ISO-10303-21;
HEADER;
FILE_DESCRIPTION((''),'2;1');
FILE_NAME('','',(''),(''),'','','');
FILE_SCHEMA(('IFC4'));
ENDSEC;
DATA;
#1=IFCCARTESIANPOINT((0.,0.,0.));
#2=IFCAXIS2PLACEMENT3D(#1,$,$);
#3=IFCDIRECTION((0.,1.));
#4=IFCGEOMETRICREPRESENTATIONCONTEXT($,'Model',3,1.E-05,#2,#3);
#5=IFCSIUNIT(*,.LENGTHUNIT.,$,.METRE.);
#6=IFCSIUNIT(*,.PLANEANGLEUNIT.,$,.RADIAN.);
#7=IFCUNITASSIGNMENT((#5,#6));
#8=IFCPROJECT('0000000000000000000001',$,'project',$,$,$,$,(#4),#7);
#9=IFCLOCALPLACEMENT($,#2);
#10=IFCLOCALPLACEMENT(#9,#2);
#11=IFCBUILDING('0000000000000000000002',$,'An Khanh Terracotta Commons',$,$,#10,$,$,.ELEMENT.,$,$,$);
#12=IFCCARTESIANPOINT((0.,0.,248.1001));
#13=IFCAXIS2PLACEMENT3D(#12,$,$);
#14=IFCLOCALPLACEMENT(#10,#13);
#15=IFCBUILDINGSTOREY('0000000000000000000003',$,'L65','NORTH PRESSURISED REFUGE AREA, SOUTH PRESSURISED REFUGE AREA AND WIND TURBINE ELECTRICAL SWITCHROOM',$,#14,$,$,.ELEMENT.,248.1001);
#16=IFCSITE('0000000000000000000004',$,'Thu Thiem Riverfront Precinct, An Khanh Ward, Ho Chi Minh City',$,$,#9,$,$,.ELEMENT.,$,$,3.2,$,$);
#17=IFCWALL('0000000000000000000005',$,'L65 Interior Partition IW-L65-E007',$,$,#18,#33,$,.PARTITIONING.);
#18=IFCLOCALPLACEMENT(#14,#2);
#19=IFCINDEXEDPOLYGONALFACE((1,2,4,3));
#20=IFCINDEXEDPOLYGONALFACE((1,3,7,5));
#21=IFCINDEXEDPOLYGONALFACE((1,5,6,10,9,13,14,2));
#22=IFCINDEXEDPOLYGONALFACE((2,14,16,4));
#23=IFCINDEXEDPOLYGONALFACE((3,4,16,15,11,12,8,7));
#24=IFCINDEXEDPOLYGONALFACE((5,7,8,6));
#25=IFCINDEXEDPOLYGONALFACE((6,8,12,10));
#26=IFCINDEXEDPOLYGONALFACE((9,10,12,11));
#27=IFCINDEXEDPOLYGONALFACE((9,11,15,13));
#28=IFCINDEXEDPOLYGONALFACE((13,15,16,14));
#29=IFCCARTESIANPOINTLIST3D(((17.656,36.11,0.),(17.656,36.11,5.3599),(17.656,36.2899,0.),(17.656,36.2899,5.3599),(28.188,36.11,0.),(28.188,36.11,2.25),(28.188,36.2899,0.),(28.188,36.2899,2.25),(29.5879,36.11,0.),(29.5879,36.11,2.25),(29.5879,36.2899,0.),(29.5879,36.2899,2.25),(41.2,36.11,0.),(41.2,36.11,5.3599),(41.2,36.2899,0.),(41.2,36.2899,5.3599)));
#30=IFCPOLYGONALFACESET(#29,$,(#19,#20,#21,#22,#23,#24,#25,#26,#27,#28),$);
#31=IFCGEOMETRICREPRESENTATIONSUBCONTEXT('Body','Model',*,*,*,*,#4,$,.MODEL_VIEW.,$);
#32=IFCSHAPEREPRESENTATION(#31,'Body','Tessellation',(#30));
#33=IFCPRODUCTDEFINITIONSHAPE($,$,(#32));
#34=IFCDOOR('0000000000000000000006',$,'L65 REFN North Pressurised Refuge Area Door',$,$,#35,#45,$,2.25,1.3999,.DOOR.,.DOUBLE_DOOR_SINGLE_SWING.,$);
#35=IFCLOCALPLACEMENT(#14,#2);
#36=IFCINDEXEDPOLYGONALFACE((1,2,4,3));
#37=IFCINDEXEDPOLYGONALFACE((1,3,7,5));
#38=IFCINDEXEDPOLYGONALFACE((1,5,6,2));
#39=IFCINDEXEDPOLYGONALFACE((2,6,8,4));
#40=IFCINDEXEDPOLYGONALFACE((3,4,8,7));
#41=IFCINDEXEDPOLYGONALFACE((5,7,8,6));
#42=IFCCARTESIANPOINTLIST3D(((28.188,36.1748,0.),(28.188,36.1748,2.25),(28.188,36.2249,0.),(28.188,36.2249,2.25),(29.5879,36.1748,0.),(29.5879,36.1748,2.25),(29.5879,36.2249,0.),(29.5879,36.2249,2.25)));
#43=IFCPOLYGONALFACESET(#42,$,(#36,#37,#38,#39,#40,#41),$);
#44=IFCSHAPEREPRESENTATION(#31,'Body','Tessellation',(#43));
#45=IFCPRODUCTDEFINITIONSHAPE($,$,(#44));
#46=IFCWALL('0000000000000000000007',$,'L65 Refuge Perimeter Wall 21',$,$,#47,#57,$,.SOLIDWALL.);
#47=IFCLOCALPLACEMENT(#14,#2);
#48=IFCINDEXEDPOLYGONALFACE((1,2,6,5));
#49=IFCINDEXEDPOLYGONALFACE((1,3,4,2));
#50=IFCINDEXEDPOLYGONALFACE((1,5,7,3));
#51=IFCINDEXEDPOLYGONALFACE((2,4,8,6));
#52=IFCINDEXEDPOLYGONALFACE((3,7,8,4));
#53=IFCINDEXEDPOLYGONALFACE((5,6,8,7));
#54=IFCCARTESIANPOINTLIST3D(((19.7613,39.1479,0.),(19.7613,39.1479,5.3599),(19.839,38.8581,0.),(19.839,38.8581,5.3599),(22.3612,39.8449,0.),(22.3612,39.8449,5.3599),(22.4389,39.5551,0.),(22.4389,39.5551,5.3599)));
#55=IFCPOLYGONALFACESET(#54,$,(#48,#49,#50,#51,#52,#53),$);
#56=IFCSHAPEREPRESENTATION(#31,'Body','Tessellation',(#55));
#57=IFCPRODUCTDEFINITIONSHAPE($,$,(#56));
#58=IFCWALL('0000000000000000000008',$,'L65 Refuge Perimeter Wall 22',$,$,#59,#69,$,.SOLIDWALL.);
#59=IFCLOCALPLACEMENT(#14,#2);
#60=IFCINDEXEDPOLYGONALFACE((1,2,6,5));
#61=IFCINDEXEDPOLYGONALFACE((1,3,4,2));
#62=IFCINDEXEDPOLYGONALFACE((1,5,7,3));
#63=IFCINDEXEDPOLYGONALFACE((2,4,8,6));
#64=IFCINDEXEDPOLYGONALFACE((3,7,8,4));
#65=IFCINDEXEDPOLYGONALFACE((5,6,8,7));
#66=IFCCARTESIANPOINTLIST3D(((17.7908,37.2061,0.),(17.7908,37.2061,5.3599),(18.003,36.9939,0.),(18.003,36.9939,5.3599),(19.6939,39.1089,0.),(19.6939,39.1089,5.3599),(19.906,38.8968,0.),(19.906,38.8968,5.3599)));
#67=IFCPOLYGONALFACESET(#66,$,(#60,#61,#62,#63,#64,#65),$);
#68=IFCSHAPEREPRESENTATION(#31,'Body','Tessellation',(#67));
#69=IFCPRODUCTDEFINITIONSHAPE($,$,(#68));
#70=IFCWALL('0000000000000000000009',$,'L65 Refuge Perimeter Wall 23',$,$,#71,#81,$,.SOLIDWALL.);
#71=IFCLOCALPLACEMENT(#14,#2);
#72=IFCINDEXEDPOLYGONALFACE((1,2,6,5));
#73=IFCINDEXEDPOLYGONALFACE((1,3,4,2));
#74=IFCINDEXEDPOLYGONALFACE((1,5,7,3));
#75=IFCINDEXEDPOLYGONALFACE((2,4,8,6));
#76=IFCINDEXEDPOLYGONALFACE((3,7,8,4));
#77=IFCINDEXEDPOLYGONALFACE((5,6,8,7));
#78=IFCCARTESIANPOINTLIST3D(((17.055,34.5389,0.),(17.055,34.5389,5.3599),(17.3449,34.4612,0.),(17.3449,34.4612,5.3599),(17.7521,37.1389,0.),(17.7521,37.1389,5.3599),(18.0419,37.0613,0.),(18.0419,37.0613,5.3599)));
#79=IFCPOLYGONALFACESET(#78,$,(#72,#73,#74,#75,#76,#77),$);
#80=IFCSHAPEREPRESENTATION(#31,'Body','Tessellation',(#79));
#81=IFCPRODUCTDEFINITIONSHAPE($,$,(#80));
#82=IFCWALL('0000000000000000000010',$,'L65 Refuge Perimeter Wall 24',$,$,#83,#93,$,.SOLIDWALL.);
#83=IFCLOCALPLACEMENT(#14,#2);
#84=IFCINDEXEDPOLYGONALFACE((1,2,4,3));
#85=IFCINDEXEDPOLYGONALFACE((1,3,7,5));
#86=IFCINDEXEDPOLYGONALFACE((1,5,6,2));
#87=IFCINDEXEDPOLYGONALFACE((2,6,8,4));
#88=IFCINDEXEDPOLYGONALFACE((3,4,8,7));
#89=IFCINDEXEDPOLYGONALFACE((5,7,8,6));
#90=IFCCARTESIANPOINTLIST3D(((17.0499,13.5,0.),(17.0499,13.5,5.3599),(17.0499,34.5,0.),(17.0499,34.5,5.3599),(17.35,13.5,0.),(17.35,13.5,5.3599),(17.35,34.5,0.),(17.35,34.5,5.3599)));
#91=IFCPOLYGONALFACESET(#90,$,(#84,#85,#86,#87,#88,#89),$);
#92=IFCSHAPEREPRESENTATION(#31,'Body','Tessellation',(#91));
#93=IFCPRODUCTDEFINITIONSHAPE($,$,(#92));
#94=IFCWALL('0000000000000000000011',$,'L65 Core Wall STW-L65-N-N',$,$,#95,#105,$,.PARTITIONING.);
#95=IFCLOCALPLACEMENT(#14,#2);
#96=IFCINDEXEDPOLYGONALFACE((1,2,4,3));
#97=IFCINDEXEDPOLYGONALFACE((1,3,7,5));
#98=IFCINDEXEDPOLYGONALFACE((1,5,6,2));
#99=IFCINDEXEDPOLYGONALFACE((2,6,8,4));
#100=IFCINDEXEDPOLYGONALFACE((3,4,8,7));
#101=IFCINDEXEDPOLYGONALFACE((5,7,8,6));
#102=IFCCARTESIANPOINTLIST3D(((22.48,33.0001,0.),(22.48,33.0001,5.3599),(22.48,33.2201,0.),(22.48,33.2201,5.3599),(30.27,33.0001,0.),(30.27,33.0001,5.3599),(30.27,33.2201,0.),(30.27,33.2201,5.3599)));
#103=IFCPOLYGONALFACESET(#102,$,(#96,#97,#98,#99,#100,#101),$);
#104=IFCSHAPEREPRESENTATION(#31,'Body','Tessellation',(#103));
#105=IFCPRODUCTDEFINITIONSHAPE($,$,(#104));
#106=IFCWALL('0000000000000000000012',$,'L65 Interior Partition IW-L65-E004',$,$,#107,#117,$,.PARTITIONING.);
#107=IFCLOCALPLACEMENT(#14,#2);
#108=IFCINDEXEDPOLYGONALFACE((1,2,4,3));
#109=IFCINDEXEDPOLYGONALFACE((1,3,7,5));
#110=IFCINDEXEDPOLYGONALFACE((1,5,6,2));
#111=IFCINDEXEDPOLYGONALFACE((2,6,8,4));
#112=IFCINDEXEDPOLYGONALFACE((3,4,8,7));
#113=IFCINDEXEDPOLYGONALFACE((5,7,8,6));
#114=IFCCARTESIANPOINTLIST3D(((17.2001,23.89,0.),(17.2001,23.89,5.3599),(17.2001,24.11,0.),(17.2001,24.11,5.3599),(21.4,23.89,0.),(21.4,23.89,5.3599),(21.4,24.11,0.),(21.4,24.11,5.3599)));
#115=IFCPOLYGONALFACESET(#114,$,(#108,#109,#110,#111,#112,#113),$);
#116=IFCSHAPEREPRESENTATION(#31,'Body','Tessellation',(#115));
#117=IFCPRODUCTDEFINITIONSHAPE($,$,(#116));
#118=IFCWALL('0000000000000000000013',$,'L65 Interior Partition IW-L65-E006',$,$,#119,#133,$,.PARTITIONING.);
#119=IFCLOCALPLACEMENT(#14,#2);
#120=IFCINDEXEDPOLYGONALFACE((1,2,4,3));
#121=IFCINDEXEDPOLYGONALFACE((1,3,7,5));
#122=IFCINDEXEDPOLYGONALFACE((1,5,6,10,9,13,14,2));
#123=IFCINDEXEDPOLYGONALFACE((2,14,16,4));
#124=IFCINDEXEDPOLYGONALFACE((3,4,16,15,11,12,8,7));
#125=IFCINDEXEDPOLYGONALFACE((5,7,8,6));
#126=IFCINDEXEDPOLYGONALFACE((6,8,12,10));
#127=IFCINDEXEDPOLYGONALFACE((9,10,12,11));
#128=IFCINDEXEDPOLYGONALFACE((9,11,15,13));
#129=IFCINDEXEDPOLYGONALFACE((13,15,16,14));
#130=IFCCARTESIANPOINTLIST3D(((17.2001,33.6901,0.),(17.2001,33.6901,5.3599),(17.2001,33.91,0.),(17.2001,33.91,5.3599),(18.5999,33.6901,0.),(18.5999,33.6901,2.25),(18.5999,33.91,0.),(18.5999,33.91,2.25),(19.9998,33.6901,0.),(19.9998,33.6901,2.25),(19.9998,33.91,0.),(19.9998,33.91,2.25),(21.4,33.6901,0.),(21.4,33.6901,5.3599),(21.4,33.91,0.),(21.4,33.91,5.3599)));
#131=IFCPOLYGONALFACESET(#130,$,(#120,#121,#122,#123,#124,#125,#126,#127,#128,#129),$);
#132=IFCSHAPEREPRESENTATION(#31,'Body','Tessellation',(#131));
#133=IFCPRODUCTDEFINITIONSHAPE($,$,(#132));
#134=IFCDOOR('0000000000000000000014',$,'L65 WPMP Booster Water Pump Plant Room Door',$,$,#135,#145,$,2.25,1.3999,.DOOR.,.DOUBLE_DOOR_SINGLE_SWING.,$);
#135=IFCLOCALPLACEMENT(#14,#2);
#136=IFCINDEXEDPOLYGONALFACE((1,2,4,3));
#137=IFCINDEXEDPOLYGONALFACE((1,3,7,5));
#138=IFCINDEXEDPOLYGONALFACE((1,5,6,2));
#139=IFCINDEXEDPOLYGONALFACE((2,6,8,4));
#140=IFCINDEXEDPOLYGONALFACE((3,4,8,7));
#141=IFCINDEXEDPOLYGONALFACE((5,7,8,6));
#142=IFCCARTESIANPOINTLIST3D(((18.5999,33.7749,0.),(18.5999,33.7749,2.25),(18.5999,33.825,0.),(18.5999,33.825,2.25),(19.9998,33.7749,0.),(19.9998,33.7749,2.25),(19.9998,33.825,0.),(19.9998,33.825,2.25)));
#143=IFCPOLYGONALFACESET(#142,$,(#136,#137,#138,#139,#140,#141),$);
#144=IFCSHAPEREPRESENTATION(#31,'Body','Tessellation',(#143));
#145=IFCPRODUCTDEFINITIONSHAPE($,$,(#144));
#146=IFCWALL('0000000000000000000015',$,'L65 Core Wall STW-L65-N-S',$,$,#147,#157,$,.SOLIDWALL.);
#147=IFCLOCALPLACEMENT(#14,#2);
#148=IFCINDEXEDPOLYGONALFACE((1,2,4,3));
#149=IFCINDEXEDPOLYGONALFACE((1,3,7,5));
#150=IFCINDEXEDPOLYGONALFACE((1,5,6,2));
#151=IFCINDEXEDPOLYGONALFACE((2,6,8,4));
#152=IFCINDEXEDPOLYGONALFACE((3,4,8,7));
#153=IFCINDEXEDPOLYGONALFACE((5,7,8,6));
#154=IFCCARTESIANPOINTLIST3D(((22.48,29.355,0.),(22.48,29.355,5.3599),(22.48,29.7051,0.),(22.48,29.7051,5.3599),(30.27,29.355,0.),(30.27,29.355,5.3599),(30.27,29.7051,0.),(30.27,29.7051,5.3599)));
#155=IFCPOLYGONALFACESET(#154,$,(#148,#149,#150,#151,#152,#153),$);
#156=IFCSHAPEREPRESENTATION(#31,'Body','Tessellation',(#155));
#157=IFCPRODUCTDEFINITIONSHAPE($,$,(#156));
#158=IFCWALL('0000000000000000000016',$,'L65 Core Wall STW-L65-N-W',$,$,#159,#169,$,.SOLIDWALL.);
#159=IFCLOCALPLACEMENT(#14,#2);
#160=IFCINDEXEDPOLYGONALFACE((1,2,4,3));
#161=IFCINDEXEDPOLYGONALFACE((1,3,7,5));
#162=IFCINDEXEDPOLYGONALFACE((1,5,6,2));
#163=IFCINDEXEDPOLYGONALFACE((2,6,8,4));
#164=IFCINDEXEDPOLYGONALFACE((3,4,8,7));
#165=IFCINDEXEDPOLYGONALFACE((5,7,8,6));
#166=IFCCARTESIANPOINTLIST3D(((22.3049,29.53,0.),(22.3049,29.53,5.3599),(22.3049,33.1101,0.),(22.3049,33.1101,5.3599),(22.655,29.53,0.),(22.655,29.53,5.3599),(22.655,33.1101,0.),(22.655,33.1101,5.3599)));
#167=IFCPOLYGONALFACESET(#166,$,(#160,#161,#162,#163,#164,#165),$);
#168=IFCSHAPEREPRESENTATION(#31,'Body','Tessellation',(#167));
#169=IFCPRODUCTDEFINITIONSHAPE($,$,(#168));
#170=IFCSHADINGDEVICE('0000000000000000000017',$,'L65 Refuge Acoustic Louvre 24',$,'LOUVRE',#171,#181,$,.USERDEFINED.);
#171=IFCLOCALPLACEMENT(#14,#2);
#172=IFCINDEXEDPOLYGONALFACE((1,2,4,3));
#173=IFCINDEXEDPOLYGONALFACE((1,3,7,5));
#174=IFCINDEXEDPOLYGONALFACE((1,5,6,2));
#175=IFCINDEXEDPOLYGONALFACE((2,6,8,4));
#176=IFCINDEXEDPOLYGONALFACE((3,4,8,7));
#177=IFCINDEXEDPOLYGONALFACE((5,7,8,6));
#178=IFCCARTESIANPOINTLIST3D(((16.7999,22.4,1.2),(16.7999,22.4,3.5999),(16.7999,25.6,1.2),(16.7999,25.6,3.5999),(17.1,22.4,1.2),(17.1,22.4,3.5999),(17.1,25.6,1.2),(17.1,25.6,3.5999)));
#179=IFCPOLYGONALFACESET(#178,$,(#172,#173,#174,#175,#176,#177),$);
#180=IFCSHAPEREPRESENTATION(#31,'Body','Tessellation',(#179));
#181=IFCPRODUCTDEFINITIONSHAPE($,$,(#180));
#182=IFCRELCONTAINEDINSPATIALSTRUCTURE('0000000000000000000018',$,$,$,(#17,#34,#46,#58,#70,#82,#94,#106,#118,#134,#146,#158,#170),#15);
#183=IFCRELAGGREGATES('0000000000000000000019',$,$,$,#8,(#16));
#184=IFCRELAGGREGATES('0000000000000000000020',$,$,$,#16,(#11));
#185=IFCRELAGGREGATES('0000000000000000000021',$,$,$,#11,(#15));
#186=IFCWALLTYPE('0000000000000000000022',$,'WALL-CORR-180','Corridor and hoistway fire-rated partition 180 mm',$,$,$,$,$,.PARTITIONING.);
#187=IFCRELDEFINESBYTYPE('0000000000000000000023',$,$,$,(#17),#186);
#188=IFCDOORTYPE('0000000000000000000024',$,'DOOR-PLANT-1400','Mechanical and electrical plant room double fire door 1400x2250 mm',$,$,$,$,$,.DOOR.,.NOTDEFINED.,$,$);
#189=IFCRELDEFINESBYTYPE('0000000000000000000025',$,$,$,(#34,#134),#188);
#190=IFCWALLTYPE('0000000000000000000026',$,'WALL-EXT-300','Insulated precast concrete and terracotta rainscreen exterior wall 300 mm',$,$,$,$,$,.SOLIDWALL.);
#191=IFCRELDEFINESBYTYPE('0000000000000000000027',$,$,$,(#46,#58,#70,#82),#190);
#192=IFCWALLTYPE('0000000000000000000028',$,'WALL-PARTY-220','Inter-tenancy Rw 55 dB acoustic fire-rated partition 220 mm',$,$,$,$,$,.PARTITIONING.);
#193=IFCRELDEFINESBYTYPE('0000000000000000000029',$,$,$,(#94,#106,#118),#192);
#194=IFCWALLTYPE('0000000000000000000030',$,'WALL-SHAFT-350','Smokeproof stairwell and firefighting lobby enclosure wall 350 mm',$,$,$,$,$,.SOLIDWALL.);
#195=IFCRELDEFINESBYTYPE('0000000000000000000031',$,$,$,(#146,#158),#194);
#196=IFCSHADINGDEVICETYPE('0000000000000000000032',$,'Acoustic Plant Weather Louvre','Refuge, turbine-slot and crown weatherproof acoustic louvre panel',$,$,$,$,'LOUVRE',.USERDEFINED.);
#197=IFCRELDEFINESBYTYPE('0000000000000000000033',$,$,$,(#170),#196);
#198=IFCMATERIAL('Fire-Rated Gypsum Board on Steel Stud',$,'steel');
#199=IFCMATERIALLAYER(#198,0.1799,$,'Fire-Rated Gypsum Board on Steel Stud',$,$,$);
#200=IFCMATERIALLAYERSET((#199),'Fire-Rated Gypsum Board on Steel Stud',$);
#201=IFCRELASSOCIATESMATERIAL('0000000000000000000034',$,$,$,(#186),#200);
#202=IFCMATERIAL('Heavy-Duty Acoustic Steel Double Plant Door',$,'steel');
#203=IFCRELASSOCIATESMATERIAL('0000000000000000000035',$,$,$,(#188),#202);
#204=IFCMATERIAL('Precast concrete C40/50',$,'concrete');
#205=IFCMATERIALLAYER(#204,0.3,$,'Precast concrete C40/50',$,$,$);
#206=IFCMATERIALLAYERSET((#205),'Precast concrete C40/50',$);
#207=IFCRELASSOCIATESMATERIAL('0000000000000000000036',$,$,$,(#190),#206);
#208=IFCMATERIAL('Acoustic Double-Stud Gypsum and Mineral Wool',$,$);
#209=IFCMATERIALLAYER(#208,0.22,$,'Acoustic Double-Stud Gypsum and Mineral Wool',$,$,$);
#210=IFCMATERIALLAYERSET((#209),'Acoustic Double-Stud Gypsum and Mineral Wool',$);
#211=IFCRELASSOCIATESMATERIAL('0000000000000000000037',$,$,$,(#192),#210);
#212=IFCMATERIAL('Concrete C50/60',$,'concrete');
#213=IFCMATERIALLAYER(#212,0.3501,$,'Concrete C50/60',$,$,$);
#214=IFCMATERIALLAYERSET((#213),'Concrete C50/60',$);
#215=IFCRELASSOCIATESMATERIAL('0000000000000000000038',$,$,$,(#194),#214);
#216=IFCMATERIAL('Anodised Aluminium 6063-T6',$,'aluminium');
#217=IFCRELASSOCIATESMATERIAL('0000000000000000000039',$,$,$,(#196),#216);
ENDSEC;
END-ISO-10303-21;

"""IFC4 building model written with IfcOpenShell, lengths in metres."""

from ifc_helpers import new_model, si_unit, direction, frame, frame_2d, origin, origin_2d, place, context, subcontext, project, spatial, rectangle, extrude, material, layer, layer_set, type_object, element, fill, save


model = new_model("IFC4")

# Units and contexts
model_context = context("Model", 3, precision=1e-05, world=origin(), true_north=direction((0.0, 1.0)))
body_context = subcontext(model_context, "Body", "Model", "MODEL_VIEW")
ifc_project = project(units=[si_unit("LENGTHUNIT", "METRE"), si_unit("PLANEANGLEUNIT", "RADIAN")], contexts=[model_context])

# Site, building, storey
site_placement = place(None, origin())
site = spatial("IfcSite", under=ifc_project, at=site_placement, Name="Thu Thiem Riverfront Precinct, An Khanh Ward, Ho Chi Minh City", CompositionType="ELEMENT", RefElevation=3.2)
building_placement = place(site_placement, origin())
building = spatial("IfcBuilding", under=site, at=building_placement, Name="An Khanh Terracotta Commons", CompositionType="ELEMENT")
storey_placement = place(building_placement, frame((0.0, 0.0, 248.1001)))
storey = spatial("IfcBuildingStorey", under=building, at=storey_placement, Name="L65", Description="NORTH PRESSURISED REFUGE AREA, SOUTH PRESSURISED REFUGE AREA AND WIND TURBINE ELECTRICAL SWITCHROOM", CompositionType="ELEMENT", Elevation=248.1001)

# Shared definitions
ifc_material_1 = material(Name="Concrete C50/60", Category="concrete")
ifc_material_2 = material(Name="Fire-Rated Gypsum Board on Steel Stud", Category="steel")
ifc_layer_1 = layer(ifc_material_2, 0.1799, Name="Fire-Rated Gypsum Board on Steel Stud")
ifc_layer_set_1 = layer_set([ifc_layer_1], Name="Fire-Rated Gypsum Board on Steel Stud")
wall_type_1 = type_object("IfcWallType", Name="WALL-CORR-180", Description="Corridor and hoistway fire-rated partition 180 mm", PredefinedType="PARTITIONING", material=ifc_layer_set_1)

# Wall, opening, door
wall_1_placement = place(storey_placement, frame((17.656, 36.2, 0.0), z_axis=(0.0, 0.0, 1.0), x_axis=(1.0, 0.0, 0.0)))
wall_1 = element("IfcWall", 1, at=wall_1_placement, inside=storey, type_object=wall_type_1, Name="L65 Interior Partition IW-L65-E007", PredefinedType="PARTITIONING", context=body_context, shape_type="SweptSolid", body=[
    extrude(rectangle(XDim=23.5439, YDim=0.1799, at=frame_2d((11.772, 0.0))), origin(), (0.0, 0.0, 1.0), 5.3599),
])
opening_1_placement = place(wall_1_placement, frame((10.532, 0.0, 0.0)))
opening_1 = element("IfcOpeningElement", 2, at=opening_1_placement, cuts=wall_1, PredefinedType="OPENING", context=body_context, shape_type="SweptSolid", body=[
    extrude(rectangle(XDim=1.3999, YDim=2.25, at=frame_2d((0.7, 1.125))), frame((0.0, 0.0999, 0.0), z_axis=(0.0, -1.0, 0.0), x_axis=(1.0, 0.0, 0.0)), (0.0, 0.0, 1.0), 0.2),
])
ifc_material_3 = material(Name="Heavy-Duty Acoustic Steel Double Plant Door", Category="steel")
door_type = type_object("IfcDoorType", Name="DOOR-PLANT-1400", Description="Mechanical and electrical plant room double fire door 1400x2250 mm", OperationType="NOTDEFINED", PredefinedType="DOOR", material=ifc_material_3)
door_1_placement = place(opening_1_placement, origin())
door_1 = element("IfcDoor", 3, at=door_1_placement, inside=storey, type_object=door_type, Name="L65 REFN North Pressurised Refuge Area Door", OperationType="DOUBLE_DOOR_SINGLE_SWING", OverallHeight=2.25, OverallWidth=1.3999, PredefinedType="DOOR", context=body_context, shape_type="SweptSolid", body=[
    extrude(rectangle(XDim=1.3999, YDim=2.25, at=frame_2d((0.7, 1.125))), frame((0.0, 0.0249, 0.0), z_axis=(0.0, -1.0, 0.0), x_axis=(1.0, 0.0, 0.0)), (0.0, 0.0, 1.0), 0.05),
])
fill(opening_1, door_1)

# Walls
ifc_material_4 = material(Name="Precast concrete C40/50", Category="concrete")
ifc_layer_2 = layer(ifc_material_4, 0.3, Name="Precast concrete C40/50")
ifc_layer_set_2 = layer_set([ifc_layer_2], Name="Precast concrete C40/50")
wall_type_2 = type_object("IfcWallType", Name="WALL-EXT-300", Description="Insulated precast concrete and terracotta rainscreen exterior wall 300 mm", PredefinedType="SOLIDWALL", material=ifc_layer_set_2)
wall_2_placement = place(storey_placement, frame((22.3999, 39.7, 0.0), z_axis=(0.0, 0.0, 1.0), x_axis=(-0.965889, -0.258955, 0.0)))
element("IfcWall", 4, at=wall_2_placement, inside=storey, type_object=wall_type_2, Name="L65 Refuge Perimeter Wall 21", PredefinedType="SOLIDWALL", context=body_context, shape_type="SweptSolid", body=[
    extrude(rectangle(XDim=2.6917, YDim=0.3, at=frame_2d((1.3457, 0.0))), origin(), (0.0, 0.0, 1.0), 5.3599),
])
wall_3_placement = place(storey_placement, frame((19.8, 39.0029, 0.0), z_axis=(0.0, 0.0, 1.0), x_axis=(-0.707152, -0.707061, 0.0)))
element("IfcWall", 5, at=wall_3_placement, inside=storey, type_object=wall_type_2, Name="L65 Refuge Perimeter Wall 22", PredefinedType="SOLIDWALL", context=body_context, shape_type="SweptSolid", body=[
    extrude(rectangle(XDim=2.6912, YDim=0.3, at=frame_2d((1.3457, 0.0))), origin(), (0.0, 0.0, 1.0), 5.3599),
])
wall_4_placement = place(storey_placement, frame((17.897, 37.1001, 0.0), z_axis=(0.0, 0.0, 1.0), x_axis=(-0.258933, -0.965895, 0.0)))
element("IfcWall", 6, at=wall_4_placement, inside=storey, type_object=wall_type_2, Name="L65 Refuge Perimeter Wall 23", PredefinedType="SOLIDWALL", context=body_context, shape_type="SweptSolid", body=[
    extrude(rectangle(XDim=2.6919, YDim=0.3, at=frame_2d((1.3459, 0.0))), origin(), (0.0, 0.0, 1.0), 5.3599),
])
wall_5_placement = place(storey_placement, frame((17.2, 34.5, 0.0), z_axis=(0.0, 0.0, 1.0), x_axis=(0.0, -1.0, 0.0)))
element("IfcWall", 7, at=wall_5_placement, inside=storey, type_object=wall_type_2, Name="L65 Refuge Perimeter Wall 24", PredefinedType="SOLIDWALL", context=body_context, shape_type="SweptSolid", body=[
    extrude(rectangle(XDim=21.0, YDim=0.3, at=frame_2d((10.5, 0.0))), origin(), (0.0, 0.0, 1.0), 5.3599),
])
ifc_material_5 = material(Name="Acoustic Double-Stud Gypsum and Mineral Wool")
ifc_layer_3 = layer(ifc_material_5, 0.22, Name="Acoustic Double-Stud Gypsum and Mineral Wool")
ifc_layer_set_3 = layer_set([ifc_layer_3], Name="Acoustic Double-Stud Gypsum and Mineral Wool")
wall_type_3 = type_object("IfcWallType", Name="WALL-PARTY-220", Description="Inter-tenancy Rw 55 dB acoustic fire-rated partition 220 mm", PredefinedType="PARTITIONING", material=ifc_layer_set_3)
wall_6_placement = place(storey_placement, frame((22.48, 33.1101, 0.0), z_axis=(0.0, 0.0, 1.0), x_axis=(1.0, 0.0, 0.0)))
element("IfcWall", 8, at=wall_6_placement, inside=storey, type_object=wall_type_3, Name="L65 Core Wall STW-L65-N-N", PredefinedType="PARTITIONING", context=body_context, shape_type="SweptSolid", body=[
    extrude(rectangle(XDim=7.79, YDim=0.22, at=frame_2d((3.895, 0.0))), origin(), (0.0, 0.0, 1.0), 5.3599),
])
wall_7_placement = place(storey_placement, frame((17.2, 24.0, 0.0), z_axis=(0.0, 0.0, 1.0), x_axis=(1.0, 0.0, 0.0)))
element("IfcWall", 9, at=wall_7_placement, inside=storey, type_object=wall_type_3, Name="L65 Interior Partition IW-L65-E004", PredefinedType="PARTITIONING", context=body_context, shape_type="SweptSolid", body=[
    extrude(rectangle(XDim=4.2, YDim=0.22, at=frame_2d((2.1001, 0.0))), origin(), (0.0, 0.0, 1.0), 5.3599),
])

# Wall, opening, door
wall_8_placement = place(storey_placement, frame((17.2, 33.8, 0.0), z_axis=(0.0, 0.0, 1.0), x_axis=(1.0, 0.0, 0.0)))
wall_8 = element("IfcWall", 10, at=wall_8_placement, inside=storey, type_object=wall_type_3, Name="L65 Interior Partition IW-L65-E006", PredefinedType="PARTITIONING", context=body_context, shape_type="SweptSolid", body=[
    extrude(rectangle(XDim=4.2, YDim=0.22, at=frame_2d((2.1001, 0.0))), origin(), (0.0, 0.0, 1.0), 5.3599),
])
opening_2_placement = place(wall_8_placement, frame((1.3999, 0.0, 0.0)))
opening_2 = element("IfcOpeningElement", 11, at=opening_2_placement, cuts=wall_8, PredefinedType="OPENING", context=body_context, shape_type="SweptSolid", body=[
    extrude(rectangle(XDim=1.3999, YDim=2.25, at=frame_2d((0.7, 1.125))), frame((0.0, 0.1199, 0.0), z_axis=(0.0, -1.0, 0.0), x_axis=(1.0, 0.0, 0.0)), (0.0, 0.0, 1.0), 0.24),
])
door_2_placement = place(opening_2_placement, origin())
door_2 = element("IfcDoor", 12, at=door_2_placement, inside=storey, type_object=door_type, Name="L65 WPMP Booster Water Pump Plant Room Door", OperationType="DOUBLE_DOOR_SINGLE_SWING", OverallHeight=2.25, OverallWidth=1.3999, PredefinedType="DOOR", context=body_context, shape_type="SweptSolid", body=[
    extrude(rectangle(XDim=1.3999, YDim=2.25, at=frame_2d((0.7, 1.125))), frame((0.0, 0.0249, 0.0), z_axis=(0.0, -1.0, 0.0), x_axis=(1.0, 0.0, 0.0)), (0.0, 0.0, 1.0), 0.05),
])
fill(opening_2, door_2)

# Walls
ifc_layer_4 = layer(ifc_material_1, 0.3501, Name="Concrete C50/60")
ifc_layer_set_4 = layer_set([ifc_layer_4], Name="Concrete C50/60")
wall_type_4 = type_object("IfcWallType", Name="WALL-SHAFT-350", Description="Smokeproof stairwell and firefighting lobby enclosure wall 350 mm", PredefinedType="SOLIDWALL", material=ifc_layer_set_4)
wall_9_placement = place(storey_placement, frame((22.48, 29.53, 0.0), z_axis=(0.0, 0.0, 1.0), x_axis=(1.0, 0.0, 0.0)))
element("IfcWall", 13, at=wall_9_placement, inside=storey, type_object=wall_type_4, Name="L65 Core Wall STW-L65-N-S", PredefinedType="SOLIDWALL", context=body_context, shape_type="SweptSolid", body=[
    extrude(rectangle(XDim=7.79, YDim=0.3501, at=frame_2d((3.895, 0.0))), origin(), (0.0, 0.0, 1.0), 5.3599),
])
wall_10_placement = place(storey_placement, frame((22.48, 29.53, 0.0), z_axis=(0.0, 0.0, 1.0), x_axis=(0.0, 1.0, 0.0)))
element("IfcWall", 14, at=wall_10_placement, inside=storey, type_object=wall_type_4, Name="L65 Core Wall STW-L65-N-W", PredefinedType="SOLIDWALL", context=body_context, shape_type="SweptSolid", body=[
    extrude(rectangle(XDim=3.5801, YDim=0.3501, at=frame_2d((1.79, 0.0))), origin(), (0.0, 0.0, 1.0), 5.3599),
])

# Shading device
ifc_material_6 = material(Name="Anodised Aluminium 6063-T6", Category="aluminium")
shading_device_type = type_object("IfcShadingDeviceType", Name="Acoustic Plant Weather Louvre", Description="Refuge, turbine-slot and crown weatherproof acoustic louvre panel", ElementType="LOUVRE", PredefinedType="USERDEFINED", material=ifc_material_6)
shading_device_placement = place(storey_placement, frame((16.95, 24.0, 1.2), z_axis=(0.0, 0.0, 1.0), x_axis=(0.0, -1.0, 0.0)))
element("IfcShadingDevice", 15, at=shading_device_placement, inside=storey, type_object=shading_device_type, Name="L65 Refuge Acoustic Louvre 24", ObjectType="LOUVRE", PredefinedType="USERDEFINED", context=body_context, shape_type="SweptSolid", body=[
    extrude(rectangle(XDim=3.2, YDim=0.3, at=origin_2d()), origin(), (0.0, 0.0, 1.0), 2.3999),
])

save(model, "model.ifc")
